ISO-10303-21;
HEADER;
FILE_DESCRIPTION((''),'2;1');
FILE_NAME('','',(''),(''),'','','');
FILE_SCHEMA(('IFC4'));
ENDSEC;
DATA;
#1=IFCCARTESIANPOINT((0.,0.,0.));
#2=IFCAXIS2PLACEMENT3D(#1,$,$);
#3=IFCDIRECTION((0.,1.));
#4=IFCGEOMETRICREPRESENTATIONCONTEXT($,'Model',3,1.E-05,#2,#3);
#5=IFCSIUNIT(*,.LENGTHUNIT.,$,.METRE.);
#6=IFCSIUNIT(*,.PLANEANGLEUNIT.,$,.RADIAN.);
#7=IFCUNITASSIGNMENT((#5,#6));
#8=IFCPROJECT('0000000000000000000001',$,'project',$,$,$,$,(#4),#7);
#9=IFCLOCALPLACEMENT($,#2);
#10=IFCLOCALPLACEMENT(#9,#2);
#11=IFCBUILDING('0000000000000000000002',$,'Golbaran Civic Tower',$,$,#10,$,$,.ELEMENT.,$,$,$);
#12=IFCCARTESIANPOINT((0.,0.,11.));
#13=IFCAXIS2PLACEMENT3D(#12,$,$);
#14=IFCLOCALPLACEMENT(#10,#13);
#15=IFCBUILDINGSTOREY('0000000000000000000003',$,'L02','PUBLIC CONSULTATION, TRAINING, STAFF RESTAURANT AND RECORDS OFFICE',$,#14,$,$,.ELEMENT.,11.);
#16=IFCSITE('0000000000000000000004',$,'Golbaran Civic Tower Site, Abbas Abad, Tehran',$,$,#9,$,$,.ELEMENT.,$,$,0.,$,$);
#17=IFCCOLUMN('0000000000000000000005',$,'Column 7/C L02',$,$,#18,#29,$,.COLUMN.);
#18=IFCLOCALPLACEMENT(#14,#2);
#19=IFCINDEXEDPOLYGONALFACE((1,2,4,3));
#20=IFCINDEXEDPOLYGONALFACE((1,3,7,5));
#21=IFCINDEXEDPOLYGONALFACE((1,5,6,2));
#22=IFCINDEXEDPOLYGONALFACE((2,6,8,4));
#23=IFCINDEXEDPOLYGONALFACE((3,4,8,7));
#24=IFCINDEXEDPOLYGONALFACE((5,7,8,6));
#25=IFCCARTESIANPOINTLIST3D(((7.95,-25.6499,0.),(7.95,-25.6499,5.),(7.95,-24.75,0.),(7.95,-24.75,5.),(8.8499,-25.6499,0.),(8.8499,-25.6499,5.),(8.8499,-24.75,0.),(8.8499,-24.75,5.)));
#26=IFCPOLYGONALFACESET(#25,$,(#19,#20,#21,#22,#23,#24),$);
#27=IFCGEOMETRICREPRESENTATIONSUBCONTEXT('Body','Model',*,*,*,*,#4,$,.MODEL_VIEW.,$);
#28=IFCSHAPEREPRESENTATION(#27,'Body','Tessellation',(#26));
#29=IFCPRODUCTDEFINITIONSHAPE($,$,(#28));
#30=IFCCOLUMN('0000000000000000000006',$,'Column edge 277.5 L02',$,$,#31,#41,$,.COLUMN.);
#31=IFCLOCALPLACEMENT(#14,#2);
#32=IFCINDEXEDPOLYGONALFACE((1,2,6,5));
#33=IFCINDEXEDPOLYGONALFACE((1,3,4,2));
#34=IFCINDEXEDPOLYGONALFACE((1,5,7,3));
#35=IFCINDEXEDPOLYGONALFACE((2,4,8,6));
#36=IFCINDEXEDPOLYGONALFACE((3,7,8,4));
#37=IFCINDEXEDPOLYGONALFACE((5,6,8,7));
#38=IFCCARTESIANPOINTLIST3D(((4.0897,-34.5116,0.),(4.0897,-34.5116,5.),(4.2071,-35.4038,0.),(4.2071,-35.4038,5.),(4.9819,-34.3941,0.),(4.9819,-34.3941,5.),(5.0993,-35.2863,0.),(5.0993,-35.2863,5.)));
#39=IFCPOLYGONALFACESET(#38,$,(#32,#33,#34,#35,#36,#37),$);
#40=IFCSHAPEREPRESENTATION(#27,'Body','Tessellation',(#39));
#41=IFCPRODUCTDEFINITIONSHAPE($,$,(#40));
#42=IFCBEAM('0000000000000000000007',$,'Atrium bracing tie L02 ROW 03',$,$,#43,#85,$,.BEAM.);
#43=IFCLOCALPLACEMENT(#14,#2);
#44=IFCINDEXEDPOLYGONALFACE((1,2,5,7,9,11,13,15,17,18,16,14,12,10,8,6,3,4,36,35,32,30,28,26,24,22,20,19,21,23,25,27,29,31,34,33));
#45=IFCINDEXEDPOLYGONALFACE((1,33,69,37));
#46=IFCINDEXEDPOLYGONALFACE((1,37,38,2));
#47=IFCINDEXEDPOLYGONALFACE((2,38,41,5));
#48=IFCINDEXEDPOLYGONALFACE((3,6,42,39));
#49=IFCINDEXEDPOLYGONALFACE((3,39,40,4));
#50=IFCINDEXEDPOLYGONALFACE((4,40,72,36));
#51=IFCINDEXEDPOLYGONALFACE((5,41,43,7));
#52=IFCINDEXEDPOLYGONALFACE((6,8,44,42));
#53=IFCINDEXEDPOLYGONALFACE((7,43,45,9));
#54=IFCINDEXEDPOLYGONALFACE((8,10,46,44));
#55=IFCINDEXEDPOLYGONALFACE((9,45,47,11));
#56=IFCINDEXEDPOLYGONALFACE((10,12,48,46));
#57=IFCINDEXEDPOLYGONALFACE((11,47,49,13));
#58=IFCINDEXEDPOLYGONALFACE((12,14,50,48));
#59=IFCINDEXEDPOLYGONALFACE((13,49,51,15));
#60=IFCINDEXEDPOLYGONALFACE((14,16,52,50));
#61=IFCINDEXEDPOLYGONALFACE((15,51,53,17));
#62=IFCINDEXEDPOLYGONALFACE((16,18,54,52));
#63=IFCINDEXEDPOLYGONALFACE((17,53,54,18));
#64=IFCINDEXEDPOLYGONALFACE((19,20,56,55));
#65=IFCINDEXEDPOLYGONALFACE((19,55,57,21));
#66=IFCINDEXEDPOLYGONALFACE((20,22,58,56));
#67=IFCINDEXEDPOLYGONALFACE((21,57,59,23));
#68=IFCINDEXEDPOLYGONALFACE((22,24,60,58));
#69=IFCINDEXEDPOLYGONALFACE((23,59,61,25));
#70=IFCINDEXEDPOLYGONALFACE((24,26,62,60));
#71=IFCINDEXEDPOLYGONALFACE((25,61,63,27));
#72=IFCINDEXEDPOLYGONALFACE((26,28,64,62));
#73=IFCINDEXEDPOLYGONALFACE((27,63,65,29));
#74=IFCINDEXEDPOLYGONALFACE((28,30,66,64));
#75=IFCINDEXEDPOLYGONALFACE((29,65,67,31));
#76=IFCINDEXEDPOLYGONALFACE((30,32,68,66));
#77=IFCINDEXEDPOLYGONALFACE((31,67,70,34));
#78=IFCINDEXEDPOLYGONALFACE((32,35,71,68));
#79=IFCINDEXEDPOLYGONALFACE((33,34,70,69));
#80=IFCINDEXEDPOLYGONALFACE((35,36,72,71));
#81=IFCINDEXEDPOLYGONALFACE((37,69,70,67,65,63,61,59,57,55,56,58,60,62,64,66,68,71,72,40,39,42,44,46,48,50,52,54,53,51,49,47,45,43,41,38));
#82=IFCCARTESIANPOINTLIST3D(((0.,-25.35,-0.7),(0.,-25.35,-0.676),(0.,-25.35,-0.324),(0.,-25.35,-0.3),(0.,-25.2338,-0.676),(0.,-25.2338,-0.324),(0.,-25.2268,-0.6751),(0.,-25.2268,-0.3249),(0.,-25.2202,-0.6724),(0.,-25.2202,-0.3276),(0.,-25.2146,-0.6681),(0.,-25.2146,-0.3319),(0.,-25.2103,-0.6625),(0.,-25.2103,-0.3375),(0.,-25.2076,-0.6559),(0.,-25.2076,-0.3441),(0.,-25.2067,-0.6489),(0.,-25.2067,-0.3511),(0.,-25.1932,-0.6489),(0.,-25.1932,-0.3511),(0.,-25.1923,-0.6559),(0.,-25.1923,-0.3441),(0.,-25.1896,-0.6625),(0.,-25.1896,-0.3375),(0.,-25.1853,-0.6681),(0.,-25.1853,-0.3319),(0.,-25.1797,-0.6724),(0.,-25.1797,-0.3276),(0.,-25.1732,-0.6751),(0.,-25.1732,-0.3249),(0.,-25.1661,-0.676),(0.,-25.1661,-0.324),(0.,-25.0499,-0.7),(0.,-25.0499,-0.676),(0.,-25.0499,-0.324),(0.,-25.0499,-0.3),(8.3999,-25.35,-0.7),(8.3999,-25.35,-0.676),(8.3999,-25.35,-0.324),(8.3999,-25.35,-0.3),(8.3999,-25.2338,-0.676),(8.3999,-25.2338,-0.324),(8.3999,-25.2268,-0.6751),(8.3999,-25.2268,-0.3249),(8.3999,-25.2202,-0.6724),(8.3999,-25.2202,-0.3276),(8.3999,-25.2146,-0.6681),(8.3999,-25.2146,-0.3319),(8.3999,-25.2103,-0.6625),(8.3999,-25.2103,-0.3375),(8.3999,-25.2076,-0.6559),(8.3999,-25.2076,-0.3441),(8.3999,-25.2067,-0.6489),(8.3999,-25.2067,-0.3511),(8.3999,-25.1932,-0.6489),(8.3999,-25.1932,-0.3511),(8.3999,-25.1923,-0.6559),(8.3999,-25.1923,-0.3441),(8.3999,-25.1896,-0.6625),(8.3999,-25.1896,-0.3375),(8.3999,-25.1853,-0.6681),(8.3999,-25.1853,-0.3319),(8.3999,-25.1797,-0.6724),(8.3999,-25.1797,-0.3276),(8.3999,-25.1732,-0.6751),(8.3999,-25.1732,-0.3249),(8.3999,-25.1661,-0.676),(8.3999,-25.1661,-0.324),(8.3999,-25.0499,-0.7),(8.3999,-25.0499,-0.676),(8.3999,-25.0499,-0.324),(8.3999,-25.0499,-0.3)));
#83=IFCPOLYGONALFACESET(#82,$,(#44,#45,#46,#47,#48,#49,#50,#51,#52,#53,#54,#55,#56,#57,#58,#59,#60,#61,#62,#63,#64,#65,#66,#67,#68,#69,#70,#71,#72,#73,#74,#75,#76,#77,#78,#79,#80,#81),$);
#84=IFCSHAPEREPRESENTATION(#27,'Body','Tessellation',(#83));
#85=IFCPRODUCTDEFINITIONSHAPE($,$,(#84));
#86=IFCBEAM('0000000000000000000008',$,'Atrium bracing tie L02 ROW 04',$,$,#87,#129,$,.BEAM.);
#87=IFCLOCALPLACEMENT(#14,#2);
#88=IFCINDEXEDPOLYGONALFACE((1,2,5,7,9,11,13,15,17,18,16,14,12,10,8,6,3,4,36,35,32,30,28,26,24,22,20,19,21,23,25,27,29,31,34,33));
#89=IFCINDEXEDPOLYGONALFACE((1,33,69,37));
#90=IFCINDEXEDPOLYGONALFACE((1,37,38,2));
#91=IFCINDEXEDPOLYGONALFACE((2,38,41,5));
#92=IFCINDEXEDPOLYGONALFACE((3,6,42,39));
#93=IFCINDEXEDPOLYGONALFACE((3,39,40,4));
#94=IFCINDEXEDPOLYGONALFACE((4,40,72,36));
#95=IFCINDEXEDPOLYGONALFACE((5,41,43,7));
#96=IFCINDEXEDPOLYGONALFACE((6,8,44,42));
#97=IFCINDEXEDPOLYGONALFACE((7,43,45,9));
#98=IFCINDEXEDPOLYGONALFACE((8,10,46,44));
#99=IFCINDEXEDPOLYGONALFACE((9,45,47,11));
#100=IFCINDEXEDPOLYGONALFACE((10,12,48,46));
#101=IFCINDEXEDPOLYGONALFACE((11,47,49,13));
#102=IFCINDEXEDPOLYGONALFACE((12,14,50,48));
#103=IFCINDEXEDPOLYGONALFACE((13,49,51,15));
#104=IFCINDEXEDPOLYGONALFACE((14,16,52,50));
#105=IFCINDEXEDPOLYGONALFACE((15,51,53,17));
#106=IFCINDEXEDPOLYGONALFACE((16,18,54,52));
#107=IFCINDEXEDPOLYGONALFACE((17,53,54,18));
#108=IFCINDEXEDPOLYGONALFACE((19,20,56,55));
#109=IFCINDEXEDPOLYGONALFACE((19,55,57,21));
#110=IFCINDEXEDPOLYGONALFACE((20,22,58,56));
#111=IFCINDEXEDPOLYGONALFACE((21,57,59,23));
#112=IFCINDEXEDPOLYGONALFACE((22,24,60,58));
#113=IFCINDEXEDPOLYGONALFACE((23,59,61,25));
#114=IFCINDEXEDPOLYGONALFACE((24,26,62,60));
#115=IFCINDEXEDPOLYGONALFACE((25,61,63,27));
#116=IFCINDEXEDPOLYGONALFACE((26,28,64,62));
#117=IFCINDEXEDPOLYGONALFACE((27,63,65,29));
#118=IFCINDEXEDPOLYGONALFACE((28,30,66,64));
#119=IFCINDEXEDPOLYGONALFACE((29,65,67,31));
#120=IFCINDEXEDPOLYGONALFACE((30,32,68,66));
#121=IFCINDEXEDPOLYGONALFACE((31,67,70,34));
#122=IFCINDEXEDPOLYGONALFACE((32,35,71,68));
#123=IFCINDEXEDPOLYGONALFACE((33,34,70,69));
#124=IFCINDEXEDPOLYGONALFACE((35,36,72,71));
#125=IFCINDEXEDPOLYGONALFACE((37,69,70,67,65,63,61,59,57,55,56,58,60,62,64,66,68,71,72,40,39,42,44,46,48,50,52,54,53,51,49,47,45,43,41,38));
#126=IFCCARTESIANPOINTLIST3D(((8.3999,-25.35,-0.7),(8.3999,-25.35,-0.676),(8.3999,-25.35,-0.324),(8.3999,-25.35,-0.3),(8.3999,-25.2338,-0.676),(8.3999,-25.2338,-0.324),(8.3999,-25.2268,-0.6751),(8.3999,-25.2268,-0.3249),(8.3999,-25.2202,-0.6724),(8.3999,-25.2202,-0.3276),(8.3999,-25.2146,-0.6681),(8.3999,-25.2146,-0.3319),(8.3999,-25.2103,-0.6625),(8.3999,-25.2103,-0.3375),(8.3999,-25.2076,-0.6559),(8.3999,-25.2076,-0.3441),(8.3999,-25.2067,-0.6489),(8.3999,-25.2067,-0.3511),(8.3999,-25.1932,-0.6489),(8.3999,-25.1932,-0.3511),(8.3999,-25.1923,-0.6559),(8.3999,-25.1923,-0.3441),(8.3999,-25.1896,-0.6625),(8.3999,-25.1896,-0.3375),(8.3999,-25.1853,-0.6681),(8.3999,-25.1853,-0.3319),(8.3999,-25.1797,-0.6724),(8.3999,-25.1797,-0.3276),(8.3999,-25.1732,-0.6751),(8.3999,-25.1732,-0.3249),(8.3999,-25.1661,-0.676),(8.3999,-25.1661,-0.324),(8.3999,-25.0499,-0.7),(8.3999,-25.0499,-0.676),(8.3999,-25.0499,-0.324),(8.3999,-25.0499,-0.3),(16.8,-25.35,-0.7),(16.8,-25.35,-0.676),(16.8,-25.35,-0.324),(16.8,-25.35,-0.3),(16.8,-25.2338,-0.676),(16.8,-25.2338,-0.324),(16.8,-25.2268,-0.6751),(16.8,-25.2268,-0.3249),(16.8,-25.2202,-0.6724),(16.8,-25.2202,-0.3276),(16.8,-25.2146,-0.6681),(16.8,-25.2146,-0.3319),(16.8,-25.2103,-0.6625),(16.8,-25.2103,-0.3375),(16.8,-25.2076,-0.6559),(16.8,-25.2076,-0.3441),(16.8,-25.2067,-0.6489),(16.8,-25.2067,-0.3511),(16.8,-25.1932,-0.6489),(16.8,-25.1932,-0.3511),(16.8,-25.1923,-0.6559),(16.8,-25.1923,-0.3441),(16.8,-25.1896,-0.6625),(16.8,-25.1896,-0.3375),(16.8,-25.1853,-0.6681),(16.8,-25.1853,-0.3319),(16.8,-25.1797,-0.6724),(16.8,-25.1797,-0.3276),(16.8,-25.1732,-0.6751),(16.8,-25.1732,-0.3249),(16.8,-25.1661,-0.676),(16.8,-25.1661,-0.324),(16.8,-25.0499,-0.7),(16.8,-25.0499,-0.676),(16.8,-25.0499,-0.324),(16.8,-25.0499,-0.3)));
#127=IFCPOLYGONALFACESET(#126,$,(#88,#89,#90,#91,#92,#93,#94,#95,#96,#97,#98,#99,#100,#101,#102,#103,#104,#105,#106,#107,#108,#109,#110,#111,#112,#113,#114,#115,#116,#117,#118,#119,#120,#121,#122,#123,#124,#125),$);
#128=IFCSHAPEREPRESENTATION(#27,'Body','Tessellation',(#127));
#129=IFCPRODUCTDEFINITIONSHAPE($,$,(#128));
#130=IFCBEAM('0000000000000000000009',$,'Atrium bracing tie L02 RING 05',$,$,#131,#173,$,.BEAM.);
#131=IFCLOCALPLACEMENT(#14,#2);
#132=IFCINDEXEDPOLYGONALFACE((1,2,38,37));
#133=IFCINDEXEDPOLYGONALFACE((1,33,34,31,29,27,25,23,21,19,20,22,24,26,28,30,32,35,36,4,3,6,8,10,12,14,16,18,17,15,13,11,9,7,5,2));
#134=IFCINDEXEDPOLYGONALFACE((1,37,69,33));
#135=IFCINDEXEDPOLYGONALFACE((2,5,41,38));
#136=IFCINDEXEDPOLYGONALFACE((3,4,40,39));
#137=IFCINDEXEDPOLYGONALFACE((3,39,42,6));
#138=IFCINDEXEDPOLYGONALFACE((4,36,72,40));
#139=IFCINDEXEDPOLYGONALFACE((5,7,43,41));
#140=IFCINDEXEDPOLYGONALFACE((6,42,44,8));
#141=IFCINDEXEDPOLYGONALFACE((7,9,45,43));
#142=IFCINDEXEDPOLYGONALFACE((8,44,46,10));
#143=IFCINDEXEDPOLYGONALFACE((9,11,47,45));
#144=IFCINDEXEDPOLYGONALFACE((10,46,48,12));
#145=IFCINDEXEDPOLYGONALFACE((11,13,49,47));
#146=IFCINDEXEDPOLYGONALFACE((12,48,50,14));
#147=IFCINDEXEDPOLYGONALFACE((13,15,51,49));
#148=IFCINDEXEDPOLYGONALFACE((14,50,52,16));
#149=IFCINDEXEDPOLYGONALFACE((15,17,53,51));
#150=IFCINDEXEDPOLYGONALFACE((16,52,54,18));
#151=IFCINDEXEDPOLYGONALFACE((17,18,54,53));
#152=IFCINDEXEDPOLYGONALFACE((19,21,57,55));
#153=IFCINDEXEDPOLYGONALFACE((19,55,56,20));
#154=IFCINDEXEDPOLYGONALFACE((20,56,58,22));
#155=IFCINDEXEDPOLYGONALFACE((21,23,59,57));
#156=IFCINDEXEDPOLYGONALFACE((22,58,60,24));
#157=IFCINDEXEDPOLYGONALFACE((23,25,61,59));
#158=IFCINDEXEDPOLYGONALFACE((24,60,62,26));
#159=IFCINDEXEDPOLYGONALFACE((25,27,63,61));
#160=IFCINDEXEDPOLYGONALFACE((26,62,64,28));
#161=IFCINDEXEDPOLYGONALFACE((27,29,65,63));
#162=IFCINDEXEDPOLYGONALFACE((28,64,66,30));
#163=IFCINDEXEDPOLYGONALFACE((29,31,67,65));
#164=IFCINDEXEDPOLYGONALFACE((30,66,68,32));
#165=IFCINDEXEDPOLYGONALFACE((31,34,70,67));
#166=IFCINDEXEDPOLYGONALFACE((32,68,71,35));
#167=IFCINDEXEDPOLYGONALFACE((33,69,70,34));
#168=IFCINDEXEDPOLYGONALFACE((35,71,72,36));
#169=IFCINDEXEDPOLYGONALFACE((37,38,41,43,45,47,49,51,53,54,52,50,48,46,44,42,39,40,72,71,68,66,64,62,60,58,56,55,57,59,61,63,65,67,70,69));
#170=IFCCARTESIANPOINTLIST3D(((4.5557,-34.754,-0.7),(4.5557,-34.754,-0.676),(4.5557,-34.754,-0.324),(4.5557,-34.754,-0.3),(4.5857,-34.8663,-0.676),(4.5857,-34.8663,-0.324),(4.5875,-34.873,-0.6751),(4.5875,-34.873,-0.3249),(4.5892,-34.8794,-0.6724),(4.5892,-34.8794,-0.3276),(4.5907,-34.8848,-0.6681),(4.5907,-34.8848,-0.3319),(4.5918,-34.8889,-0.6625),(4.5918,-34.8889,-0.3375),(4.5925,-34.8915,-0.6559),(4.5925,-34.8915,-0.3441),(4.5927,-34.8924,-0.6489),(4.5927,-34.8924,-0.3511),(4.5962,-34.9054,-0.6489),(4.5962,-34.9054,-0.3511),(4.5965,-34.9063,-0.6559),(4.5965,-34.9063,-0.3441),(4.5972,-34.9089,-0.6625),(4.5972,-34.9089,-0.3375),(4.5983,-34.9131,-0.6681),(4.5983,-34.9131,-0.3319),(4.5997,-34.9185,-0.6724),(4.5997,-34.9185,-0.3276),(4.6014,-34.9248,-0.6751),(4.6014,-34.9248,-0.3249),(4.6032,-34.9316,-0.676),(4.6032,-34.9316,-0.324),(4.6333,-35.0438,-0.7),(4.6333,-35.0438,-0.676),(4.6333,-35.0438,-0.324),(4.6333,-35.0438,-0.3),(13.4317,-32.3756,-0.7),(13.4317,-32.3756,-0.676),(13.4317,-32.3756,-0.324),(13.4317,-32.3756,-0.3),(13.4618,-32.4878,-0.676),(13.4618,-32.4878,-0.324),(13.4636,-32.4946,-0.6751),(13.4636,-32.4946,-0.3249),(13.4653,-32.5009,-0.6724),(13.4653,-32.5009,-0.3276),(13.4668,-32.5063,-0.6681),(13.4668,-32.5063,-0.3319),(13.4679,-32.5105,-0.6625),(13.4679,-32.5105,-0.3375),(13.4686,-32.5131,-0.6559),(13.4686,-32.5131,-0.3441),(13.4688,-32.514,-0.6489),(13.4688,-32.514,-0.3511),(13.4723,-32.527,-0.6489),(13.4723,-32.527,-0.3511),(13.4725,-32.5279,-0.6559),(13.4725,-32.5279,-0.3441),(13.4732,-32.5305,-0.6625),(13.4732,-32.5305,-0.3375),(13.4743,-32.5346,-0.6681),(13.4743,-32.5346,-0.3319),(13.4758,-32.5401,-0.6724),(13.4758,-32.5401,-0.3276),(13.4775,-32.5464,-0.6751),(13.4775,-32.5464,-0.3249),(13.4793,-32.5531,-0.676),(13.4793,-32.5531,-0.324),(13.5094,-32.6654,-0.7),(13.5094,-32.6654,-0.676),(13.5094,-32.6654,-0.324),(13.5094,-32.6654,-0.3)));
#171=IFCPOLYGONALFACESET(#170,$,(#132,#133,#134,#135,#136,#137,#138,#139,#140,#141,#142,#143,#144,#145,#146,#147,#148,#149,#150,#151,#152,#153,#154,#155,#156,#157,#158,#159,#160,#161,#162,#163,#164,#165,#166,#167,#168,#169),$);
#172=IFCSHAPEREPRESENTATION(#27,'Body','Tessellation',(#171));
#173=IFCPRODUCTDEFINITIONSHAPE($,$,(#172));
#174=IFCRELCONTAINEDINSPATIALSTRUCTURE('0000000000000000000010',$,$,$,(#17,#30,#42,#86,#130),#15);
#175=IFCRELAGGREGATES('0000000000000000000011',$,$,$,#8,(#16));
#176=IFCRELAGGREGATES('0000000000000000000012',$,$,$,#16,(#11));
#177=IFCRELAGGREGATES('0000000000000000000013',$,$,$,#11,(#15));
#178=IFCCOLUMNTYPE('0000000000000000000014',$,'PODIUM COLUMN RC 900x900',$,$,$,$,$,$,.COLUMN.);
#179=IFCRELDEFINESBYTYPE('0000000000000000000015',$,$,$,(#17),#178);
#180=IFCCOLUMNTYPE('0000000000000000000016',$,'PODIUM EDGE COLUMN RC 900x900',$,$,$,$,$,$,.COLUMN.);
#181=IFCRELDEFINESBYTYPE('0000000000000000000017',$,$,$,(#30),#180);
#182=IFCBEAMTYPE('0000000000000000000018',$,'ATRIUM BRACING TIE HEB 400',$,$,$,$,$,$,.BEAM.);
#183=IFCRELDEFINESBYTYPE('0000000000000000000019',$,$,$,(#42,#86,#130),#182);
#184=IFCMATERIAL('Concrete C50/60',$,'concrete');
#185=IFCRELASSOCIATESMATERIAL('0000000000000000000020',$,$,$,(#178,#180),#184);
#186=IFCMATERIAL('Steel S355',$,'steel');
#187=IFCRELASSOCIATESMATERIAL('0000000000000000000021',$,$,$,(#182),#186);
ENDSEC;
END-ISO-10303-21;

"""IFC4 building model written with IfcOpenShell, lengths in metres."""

from ifc_helpers import new_model, si_unit, direction, frame, origin, origin_2d, place, context, subcontext, project, spatial, rectangle, i_section, extrude, material, material_profile, profile_set, type_object, element, save


model = new_model("IFC4")

# Units and contexts
model_context = context("Model", 3, precision=1e-05, world=origin(), true_north=direction((0.0, 1.0)))
body_context = subcontext(model_context, "Body", "Model", "MODEL_VIEW")
ifc_project = project(units=[si_unit("LENGTHUNIT", "METRE"), si_unit("PLANEANGLEUNIT", "RADIAN")], contexts=[model_context])

# Site, building, storey
site_placement = place(None, origin())
site = spatial("IfcSite", under=ifc_project, at=site_placement, Name="Golbaran Civic Tower Site, Abbas Abad, Tehran", CompositionType="ELEMENT", RefElevation=0.0)
building_placement = place(site_placement, origin())
building = spatial("IfcBuilding", under=site, at=building_placement, Name="Golbaran Civic Tower", CompositionType="ELEMENT")
storey_placement = place(building_placement, frame((0.0, 0.0, 11.0)))
storey = spatial("IfcBuildingStorey", under=building, at=storey_placement, Name="L02", Description="PUBLIC CONSULTATION, TRAINING, STAFF RESTAURANT AND RECORDS OFFICE", CompositionType="ELEMENT", Elevation=11.0)

# Columns
ifc_material_1 = material(Name="Concrete C50/60", Category="concrete")
ifc_material_profile_1 = material_profile(ifc_material_1, rectangle(XDim=0.8999, YDim=0.8999, at=origin_2d()), Name="RC 900x900")
ifc_profile_set_1 = profile_set([ifc_material_profile_1], Name="Concrete C50/60")
column_type_1 = type_object("IfcColumnType", Name="PODIUM COLUMN RC 900x900", PredefinedType="COLUMN", material=ifc_profile_set_1)
column_1_placement = place(storey_placement, frame((8.3999, -25.2, 0.0), z_axis=(0.0, 0.0, 1.0), x_axis=(1.0, 0.0, 0.0)))
element("IfcColumn", 1, at=column_1_placement, inside=storey, type_object=column_type_1, Name="Column 7/C L02", PredefinedType="COLUMN", context=body_context, shape_type="SweptSolid", body=[
    extrude(rectangle(XDim=0.8999, YDim=0.8999, at=origin_2d()), origin(), (0.0, 0.0, 1.0), 5.0),
])
ifc_material_profile_2 = material_profile(ifc_material_1, rectangle(XDim=0.8999, YDim=0.8999, at=origin_2d()), Name="RC 900x900")
ifc_profile_set_2 = profile_set([ifc_material_profile_2], Name="Concrete C50/60")
column_type_2 = type_object("IfcColumnType", Name="PODIUM EDGE COLUMN RC 900x900", PredefinedType="COLUMN", material=ifc_profile_set_2)
column_2_placement = place(storey_placement, frame((4.5945, -34.8989, 0.0), z_axis=(0.0, 0.0, 1.0), x_axis=(0.130526, -0.991445, 0.0)))
element("IfcColumn", 2, at=column_2_placement, inside=storey, type_object=column_type_2, Name="Column edge 277.5 L02", PredefinedType="COLUMN", context=body_context, shape_type="SweptSolid", body=[
    extrude(rectangle(XDim=0.8999, YDim=0.8999, at=origin_2d()), origin(), (0.0, 0.0, 1.0), 5.0),
])

# Beams
ifc_material_2 = material(Name="Steel S355", Category="steel")
ifc_material_profile_3 = material_profile(ifc_material_2, i_section(OverallWidth=0.3, OverallDepth=0.3999, WebThickness=0.0134, FlangeThickness=0.0239, FilletRadius=0.0271, at=origin_2d()), Name="HEB 400")
ifc_profile_set_3 = profile_set([ifc_material_profile_3], Name="Steel S355")
beam_type = type_object("IfcBeamType", Name="ATRIUM BRACING TIE HEB 400", PredefinedType="BEAM", material=ifc_profile_set_3)
beam_1_placement = place(storey_placement, frame((0.0, -25.2, -0.5), z_axis=(1.0, 0.0, 0.0), x_axis=(0.0, 1.0, 0.0)))
element("IfcBeam", 3, at=beam_1_placement, inside=storey, type_object=beam_type, Name="Atrium bracing tie L02 ROW 03", PredefinedType="BEAM", context=body_context, shape_type="SweptSolid", body=[
    extrude(i_section(OverallWidth=0.3, OverallDepth=0.3999, WebThickness=0.0134, FlangeThickness=0.0239, FilletRadius=0.0271, at=origin_2d()), origin(), (0.0, 0.0, 1.0), 8.3999),
])
beam_2_placement = place(storey_placement, frame((8.3999, -25.2, -0.5), z_axis=(1.0, 0.0, 0.0), x_axis=(0.0, 1.0, 0.0)))
element("IfcBeam", 4, at=beam_2_placement, inside=storey, type_object=beam_type, Name="Atrium bracing tie L02 ROW 04", PredefinedType="BEAM", context=body_context, shape_type="SweptSolid", body=[
    extrude(i_section(OverallWidth=0.3, OverallDepth=0.3999, WebThickness=0.0134, FlangeThickness=0.0239, FilletRadius=0.0271, at=origin_2d()), origin(), (0.0, 0.0, 1.0), 8.4001),
])
beam_3_placement = place(storey_placement, frame((4.5945, -34.8989, -0.5), z_axis=(0.965923, 0.25883, 0.0), x_axis=(-0.25883, 0.965923, 0.0)))
element("IfcBeam", 5, at=beam_3_placement, inside=storey, type_object=beam_type, Name="Atrium bracing tie L02 RING 05", PredefinedType="BEAM", context=body_context, shape_type="SweptSolid", body=[
    extrude(i_section(OverallWidth=0.3, OverallDepth=0.3999, WebThickness=0.0134, FlangeThickness=0.0239, FilletRadius=0.0271, at=origin_2d()), origin(), (0.0, 0.0, 1.0), 9.1892),
])

save(model, "model.ifc")
